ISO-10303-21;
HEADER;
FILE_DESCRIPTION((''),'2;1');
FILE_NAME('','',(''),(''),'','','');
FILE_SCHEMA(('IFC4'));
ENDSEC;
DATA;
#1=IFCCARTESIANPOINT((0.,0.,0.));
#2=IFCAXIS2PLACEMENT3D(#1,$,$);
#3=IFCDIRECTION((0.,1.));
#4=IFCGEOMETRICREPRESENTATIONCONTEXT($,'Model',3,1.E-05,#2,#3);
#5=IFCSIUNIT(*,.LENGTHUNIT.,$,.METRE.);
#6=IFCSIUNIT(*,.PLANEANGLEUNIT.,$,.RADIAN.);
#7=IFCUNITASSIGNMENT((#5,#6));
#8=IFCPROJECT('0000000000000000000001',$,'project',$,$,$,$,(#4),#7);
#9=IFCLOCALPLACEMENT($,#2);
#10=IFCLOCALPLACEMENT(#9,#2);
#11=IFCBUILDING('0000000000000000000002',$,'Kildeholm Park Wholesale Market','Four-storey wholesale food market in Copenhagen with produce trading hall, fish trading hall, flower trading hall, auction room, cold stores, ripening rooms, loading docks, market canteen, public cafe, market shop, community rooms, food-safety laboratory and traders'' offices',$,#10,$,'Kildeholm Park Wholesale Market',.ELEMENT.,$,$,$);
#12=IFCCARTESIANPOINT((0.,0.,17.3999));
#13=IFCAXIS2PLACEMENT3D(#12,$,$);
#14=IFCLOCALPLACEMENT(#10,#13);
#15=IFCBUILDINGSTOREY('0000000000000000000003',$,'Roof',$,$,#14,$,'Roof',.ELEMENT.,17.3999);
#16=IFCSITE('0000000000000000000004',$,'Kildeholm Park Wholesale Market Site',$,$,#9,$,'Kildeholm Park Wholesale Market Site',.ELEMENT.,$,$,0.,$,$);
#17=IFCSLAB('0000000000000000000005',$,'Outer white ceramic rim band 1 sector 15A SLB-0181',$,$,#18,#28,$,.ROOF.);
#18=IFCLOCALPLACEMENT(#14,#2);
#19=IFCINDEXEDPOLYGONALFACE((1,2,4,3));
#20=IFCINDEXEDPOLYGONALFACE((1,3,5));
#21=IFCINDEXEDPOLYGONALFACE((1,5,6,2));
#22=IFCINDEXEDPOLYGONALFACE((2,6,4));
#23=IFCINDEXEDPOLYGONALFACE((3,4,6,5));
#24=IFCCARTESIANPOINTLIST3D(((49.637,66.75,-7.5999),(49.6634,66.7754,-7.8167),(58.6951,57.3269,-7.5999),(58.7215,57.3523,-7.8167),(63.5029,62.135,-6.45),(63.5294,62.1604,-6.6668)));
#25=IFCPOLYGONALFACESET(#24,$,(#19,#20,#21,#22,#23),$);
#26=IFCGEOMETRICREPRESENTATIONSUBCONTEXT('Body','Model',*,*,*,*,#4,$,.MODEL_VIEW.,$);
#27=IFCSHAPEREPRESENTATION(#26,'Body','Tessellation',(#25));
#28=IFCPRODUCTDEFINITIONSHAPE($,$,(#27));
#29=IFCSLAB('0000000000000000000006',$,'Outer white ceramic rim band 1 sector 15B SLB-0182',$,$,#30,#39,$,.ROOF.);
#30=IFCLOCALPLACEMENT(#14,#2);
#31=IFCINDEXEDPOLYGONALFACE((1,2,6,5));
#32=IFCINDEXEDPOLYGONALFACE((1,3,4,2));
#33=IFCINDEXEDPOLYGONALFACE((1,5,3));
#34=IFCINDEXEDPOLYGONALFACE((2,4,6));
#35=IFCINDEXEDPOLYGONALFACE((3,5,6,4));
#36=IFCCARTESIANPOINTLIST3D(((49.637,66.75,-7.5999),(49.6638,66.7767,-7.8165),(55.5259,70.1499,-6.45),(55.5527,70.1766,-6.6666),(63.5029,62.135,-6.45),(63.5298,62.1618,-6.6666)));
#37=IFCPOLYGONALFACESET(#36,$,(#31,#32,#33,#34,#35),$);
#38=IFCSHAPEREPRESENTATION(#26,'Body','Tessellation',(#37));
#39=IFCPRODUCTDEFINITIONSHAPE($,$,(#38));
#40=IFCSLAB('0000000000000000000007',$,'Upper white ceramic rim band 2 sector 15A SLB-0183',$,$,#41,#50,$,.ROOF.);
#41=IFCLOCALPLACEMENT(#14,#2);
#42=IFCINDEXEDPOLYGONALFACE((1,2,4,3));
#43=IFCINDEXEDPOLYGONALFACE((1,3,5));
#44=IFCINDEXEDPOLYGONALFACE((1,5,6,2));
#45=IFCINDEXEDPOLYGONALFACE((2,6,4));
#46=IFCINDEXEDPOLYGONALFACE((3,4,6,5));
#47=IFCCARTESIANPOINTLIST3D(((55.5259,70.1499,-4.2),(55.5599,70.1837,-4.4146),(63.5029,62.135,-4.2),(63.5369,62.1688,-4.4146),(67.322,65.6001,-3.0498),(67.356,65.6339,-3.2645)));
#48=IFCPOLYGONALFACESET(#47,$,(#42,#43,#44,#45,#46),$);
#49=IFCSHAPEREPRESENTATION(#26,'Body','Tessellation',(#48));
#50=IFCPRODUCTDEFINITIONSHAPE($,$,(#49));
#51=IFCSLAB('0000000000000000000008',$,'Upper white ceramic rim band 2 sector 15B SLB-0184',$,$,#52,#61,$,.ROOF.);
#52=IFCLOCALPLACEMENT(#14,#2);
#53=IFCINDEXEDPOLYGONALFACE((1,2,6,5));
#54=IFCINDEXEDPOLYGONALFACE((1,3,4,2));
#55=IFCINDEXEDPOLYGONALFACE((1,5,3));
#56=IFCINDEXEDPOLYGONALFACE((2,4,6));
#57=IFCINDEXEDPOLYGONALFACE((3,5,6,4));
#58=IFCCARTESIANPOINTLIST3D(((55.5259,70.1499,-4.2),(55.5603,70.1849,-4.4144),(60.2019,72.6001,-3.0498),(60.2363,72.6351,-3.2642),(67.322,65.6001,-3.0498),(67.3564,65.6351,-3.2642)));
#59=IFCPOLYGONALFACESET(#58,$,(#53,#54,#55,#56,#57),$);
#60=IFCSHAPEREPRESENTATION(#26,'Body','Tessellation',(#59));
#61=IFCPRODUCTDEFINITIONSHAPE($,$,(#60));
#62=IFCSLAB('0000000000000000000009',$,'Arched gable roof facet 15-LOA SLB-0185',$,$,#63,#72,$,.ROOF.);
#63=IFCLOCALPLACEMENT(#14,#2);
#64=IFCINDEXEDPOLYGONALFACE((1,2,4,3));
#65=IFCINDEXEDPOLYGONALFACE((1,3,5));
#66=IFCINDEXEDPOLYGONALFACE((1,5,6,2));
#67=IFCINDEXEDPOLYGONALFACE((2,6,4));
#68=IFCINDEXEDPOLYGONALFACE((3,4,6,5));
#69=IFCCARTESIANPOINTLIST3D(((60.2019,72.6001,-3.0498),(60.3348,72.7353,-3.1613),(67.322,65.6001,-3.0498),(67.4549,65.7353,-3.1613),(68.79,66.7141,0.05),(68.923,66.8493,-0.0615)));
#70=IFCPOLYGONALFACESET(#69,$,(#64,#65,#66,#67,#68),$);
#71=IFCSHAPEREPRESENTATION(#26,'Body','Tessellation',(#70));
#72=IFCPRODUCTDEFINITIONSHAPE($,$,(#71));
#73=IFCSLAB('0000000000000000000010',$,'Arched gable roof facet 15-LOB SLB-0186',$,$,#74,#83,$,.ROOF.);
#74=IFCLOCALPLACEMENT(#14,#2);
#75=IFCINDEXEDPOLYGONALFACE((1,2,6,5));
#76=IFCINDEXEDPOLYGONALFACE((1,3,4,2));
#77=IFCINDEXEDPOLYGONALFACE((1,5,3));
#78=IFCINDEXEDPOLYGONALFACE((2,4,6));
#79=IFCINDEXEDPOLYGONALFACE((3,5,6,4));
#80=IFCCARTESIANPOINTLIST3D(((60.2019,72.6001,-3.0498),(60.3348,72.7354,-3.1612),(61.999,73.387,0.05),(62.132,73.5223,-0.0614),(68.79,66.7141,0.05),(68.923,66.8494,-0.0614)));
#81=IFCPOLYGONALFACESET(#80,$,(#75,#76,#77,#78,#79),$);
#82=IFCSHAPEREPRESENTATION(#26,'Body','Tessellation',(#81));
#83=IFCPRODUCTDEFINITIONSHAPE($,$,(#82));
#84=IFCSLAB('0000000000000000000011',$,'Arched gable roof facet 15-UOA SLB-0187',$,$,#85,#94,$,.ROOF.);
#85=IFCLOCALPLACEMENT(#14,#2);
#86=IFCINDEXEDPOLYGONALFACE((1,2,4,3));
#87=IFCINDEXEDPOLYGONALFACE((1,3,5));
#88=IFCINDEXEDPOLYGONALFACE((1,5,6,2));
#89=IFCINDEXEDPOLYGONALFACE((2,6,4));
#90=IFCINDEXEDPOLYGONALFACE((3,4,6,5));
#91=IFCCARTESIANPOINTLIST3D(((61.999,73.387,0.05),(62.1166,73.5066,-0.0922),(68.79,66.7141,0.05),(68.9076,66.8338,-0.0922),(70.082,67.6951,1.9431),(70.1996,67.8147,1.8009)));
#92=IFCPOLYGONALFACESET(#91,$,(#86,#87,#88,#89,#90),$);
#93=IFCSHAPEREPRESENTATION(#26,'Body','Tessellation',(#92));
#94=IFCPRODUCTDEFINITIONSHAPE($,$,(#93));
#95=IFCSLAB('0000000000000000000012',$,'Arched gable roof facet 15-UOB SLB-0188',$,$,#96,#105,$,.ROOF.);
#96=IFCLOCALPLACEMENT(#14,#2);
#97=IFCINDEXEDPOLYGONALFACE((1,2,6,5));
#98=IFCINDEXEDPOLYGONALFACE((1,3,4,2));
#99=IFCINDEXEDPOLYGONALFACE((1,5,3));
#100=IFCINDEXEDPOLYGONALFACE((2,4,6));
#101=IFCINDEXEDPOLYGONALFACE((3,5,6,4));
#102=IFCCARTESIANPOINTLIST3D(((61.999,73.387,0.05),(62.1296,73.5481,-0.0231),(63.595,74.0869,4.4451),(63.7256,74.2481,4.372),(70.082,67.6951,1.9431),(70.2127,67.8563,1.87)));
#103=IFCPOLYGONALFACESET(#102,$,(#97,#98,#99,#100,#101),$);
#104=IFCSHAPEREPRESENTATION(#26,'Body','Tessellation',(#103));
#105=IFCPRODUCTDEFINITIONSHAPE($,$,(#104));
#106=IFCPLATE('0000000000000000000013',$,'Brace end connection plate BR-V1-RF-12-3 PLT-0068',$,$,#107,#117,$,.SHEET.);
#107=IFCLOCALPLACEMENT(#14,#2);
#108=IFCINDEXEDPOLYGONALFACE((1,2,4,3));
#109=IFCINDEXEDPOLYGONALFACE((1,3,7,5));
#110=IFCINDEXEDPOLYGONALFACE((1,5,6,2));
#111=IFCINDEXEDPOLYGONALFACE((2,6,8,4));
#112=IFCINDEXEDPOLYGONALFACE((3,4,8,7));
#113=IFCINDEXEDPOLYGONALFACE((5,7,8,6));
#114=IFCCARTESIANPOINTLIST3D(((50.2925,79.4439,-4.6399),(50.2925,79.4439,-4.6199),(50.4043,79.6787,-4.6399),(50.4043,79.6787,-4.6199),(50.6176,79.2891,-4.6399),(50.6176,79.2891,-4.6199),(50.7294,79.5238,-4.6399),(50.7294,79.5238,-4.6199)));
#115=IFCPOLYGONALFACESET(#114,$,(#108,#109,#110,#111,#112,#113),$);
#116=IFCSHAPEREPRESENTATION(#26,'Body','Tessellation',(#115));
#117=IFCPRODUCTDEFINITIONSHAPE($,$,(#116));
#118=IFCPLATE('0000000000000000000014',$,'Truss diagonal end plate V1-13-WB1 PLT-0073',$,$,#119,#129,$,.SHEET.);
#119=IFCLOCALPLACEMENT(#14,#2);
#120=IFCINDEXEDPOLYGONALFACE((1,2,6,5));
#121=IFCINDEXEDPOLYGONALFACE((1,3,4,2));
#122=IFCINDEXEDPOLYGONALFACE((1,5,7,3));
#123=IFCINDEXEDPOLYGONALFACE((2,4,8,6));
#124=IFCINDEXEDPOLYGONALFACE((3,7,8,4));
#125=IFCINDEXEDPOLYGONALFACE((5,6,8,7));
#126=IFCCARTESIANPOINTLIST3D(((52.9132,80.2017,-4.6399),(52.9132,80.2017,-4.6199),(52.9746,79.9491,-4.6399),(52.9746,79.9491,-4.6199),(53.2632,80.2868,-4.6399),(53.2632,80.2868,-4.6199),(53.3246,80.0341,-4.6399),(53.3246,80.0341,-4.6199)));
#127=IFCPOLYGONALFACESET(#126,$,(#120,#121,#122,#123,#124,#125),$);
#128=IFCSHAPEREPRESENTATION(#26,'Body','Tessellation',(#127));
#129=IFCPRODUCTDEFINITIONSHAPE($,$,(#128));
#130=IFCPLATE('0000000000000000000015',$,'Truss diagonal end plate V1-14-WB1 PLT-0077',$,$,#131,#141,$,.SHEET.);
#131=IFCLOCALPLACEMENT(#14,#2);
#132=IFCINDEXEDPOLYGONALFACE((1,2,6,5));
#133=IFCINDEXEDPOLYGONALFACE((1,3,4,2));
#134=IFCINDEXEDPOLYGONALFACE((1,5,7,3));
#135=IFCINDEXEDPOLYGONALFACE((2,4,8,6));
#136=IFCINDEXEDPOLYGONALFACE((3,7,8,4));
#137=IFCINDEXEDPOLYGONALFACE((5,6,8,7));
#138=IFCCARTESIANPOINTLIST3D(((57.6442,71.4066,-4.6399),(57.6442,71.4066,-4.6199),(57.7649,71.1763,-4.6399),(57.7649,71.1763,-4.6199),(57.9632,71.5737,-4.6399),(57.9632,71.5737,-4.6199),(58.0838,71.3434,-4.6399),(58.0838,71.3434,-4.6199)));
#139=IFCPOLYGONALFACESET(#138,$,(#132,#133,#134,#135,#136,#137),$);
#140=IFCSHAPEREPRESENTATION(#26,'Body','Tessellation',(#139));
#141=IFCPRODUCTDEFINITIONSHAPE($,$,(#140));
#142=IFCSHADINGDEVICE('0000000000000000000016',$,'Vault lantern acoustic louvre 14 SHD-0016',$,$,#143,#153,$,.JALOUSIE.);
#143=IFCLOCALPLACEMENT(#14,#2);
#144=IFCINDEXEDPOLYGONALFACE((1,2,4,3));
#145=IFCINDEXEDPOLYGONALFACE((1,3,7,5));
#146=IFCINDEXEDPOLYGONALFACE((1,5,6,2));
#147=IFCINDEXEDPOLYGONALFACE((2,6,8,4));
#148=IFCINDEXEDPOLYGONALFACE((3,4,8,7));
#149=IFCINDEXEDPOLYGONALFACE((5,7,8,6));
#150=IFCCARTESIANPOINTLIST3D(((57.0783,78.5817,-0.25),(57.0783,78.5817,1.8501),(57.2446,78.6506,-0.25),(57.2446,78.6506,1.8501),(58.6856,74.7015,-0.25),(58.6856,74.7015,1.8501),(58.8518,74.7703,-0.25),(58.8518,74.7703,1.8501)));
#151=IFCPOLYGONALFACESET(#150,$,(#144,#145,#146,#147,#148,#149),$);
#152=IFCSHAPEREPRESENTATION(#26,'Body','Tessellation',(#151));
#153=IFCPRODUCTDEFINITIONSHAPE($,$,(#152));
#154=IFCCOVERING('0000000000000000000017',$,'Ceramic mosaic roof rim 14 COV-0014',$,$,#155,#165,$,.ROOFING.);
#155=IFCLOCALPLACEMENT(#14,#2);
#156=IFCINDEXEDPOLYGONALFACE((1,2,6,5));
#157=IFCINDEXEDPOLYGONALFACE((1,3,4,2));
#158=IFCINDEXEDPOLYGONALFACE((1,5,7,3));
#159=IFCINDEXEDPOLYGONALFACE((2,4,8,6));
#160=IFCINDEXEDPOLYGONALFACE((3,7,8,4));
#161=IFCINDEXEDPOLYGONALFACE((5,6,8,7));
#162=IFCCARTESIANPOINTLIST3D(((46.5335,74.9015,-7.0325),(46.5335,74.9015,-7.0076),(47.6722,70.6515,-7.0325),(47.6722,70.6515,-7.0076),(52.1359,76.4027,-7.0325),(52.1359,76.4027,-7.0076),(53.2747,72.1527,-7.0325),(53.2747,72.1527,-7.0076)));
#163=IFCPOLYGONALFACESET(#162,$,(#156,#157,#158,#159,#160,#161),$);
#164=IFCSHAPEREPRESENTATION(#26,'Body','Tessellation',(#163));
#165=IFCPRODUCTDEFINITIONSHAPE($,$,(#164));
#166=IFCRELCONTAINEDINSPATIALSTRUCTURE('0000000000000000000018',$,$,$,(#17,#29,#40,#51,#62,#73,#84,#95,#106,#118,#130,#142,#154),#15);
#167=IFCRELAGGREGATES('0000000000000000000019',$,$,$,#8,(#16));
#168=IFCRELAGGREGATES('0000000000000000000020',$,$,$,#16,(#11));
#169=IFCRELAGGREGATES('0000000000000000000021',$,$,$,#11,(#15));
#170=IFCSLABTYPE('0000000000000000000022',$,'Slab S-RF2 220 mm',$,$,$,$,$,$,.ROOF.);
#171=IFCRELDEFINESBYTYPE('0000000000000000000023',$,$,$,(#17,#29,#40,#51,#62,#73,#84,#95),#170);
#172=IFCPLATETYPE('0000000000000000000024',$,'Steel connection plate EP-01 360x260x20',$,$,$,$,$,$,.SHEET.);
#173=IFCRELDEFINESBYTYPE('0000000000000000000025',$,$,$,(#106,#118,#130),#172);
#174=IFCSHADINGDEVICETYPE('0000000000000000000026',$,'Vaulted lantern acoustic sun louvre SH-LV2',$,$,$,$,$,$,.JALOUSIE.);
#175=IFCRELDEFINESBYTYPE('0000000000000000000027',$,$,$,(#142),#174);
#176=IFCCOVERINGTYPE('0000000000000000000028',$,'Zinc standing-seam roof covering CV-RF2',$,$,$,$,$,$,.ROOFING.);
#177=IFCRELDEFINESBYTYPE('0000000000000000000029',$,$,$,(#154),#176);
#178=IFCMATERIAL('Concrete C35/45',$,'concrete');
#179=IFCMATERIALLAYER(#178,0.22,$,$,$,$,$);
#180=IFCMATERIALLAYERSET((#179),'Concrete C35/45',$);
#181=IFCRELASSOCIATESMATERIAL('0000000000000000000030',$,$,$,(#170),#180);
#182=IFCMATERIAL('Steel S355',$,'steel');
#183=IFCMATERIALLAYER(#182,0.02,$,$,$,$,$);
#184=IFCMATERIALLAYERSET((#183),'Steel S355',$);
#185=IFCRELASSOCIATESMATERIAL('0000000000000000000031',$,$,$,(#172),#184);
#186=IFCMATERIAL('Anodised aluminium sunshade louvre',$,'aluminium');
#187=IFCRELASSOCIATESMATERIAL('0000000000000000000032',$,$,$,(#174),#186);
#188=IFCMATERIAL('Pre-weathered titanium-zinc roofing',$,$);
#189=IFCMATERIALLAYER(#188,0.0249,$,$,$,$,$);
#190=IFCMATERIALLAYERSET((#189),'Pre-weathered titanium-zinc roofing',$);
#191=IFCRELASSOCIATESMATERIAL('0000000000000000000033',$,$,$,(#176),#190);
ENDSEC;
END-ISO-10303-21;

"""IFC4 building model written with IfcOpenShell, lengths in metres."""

from ifc_helpers import new_model, si_unit, direction, frame, origin, origin_2d, place, context, subcontext, project, spatial, polyline, rectangle, outline, extrude, material, layer, layer_set, type_object, element, save


model = new_model("IFC4")

# Units and contexts
model_context = context("Model", 3, precision=1e-05, world=origin(), true_north=direction((0.0, 1.0)))
body_context = subcontext(model_context, "Body", "Model", "MODEL_VIEW")
ifc_project = project(units=[si_unit("LENGTHUNIT", "METRE"), si_unit("PLANEANGLEUNIT", "RADIAN")], contexts=[model_context])

# Site, building, storey
site_placement = place(None, origin())
site = spatial("IfcSite", under=ifc_project, at=site_placement, Name="Kildeholm Park Wholesale Market Site", LongName="Kildeholm Park Wholesale Market Site", CompositionType="ELEMENT", RefElevation=0.0)
building_placement = place(site_placement, origin())
building = spatial("IfcBuilding", under=site, at=building_placement, Name="Kildeholm Park Wholesale Market", Description="Four-storey wholesale food market in Copenhagen with produce trading hall, fish trading hall, flower trading hall, auction room, cold stores, ripening rooms, loading docks, market canteen, public cafe, market shop, community rooms, food-safety laboratory and traders' offices", LongName="Kildeholm Park Wholesale Market", CompositionType="ELEMENT")
storey_placement = place(building_placement, frame((0.0, 0.0, 17.3999)))
storey = spatial("IfcBuildingStorey", under=building, at=storey_placement, Name="Roof", LongName="Roof", CompositionType="ELEMENT", Elevation=17.3999)

# Shared definitions
ifc_material_1 = material(Name="Steel S355", Category="steel")

# Slabs
ifc_material_2 = material(Name="Concrete C35/45", Category="concrete")
ifc_layer_1 = layer(ifc_material_2, 0.22)
ifc_layer_set_1 = layer_set([ifc_layer_1], Name="Concrete C35/45")
slab_type = type_object("IfcSlabType", Name="Slab S-RF2 220 mm", PredefinedType="ROOF", material=ifc_layer_set_1)
slab_1_placement = place(storey_placement, frame((49.637, 66.75, -7.5999), z_axis=(-0.120236, -0.115579, 0.985994), x_axis=(0.693007, -0.720931, 0.0)))
element("IfcSlab", 1, at=slab_1_placement, inside=storey, type_object=slab_type, Name="Outer white ceramic rim band 1 sector 15A SLB-0181", PredefinedType="ROOF", context=body_context, shape_type="SweptSolid", body=[
    extrude(outline(polyline([(0.0, 0.0), (13.0707, 0.0), (12.9363, 6.8948), (0.0, 0.0)])), origin(), (0.0, 0.0, -1.0), 0.22),
])
slab_2_placement = place(storey_placement, frame((49.637, 66.75, -7.5999), z_axis=(-0.122153, -0.121576, 0.985037), x_axis=(0.945903, -0.314824, 0.078444)))
element("IfcSlab", 2, at=slab_2_placement, inside=storey, type_object=slab_type, Name="Outer white ceramic rim band 1 sector 15B SLB-0182", PredefinedType="ROOF", context=body_context, shape_type="SweptSolid", body=[
    extrude(outline(polyline([(0.0, 0.0), (14.659, 0.0), (4.5902, 5.147), (0.0, 0.0)])), origin(), (0.0, 0.0, -1.0), 0.22),
])
slab_3_placement = place(storey_placement, frame((55.5259, 70.1499, -4.2), z_axis=(-0.154449, -0.15372, 0.975969), x_axis=(0.705432, -0.708778, 0.0)))
element("IfcSlab", 3, at=slab_3_placement, inside=storey, type_object=slab_type, Name="Upper white ceramic rim band 2 sector 15A SLB-0183", PredefinedType="ROOF", context=body_context, shape_type="SweptSolid", body=[
    extrude(outline(polyline([(0.0, 0.0), (11.308, 0.0), (11.5462, 5.2781), (0.0, 0.0)])), origin(), (0.0, 0.0, -1.0), 0.22),
])
slab_4_placement = place(storey_placement, frame((55.5259, 70.1499, -4.2), z_axis=(-0.156406, -0.15909, 0.974796), x_axis=(0.929169, -0.358383, 0.090596)))
element("IfcSlab", 4, at=slab_4_placement, inside=storey, type_object=slab_type, Name="Upper white ceramic rim band 2 sector 15B SLB-0184", PredefinedType="ROOF", context=body_context, shape_type="SweptSolid", body=[
    extrude(outline(polyline([(0.0, 0.0), (12.6954, 0.0), (3.5709, 4.0546), (0.0, 0.0)])), origin(), (0.0, 0.0, -1.0), 0.22),
])
slab_5_placement = place(storey_placement, frame((60.2019, 72.6001, -3.0498), z_axis=(-0.604262, -0.61463, 0.507048), x_axis=(0.713096, -0.701066, 0.0)))
element("IfcSlab", 5, at=slab_5_placement, inside=storey, type_object=slab_type, Name="Arched gable roof facet 15-LOA SLB-0185", PredefinedType="ROOF", context=body_context, shape_type="SweptSolid", body=[
    extrude(outline(polyline([(0.0, 0.0), (9.9848, 0.0), (10.2506, 3.5965), (0.0, 0.0)])), origin(), (0.0, 0.0, -1.0), 0.22),
])
slab_6_placement = place(storey_placement, frame((60.2019, 72.6001, -3.0498), z_axis=(-0.604331, -0.615033, 0.506477), x_axis=(0.790568, -0.541826, 0.285353)))
element("IfcSlab", 6, at=slab_6_placement, inside=storey, type_object=slab_type, Name="Arched gable roof facet 15-LOB SLB-0186", PredefinedType="ROOF", context=body_context, shape_type="SweptSolid", body=[
    extrude(outline(polyline([(0.0, 0.0), (10.8632, 0.0), (1.879, 3.1508), (0.0, 0.0)])), origin(), (0.0, 0.0, -1.0), 0.22),
])
slab_7_placement = place(storey_placement, frame((61.999, 73.387, 0.05), z_axis=(-0.534564, -0.54403, 0.64674), x_axis=(0.713285, -0.700874, 0.0)))
element("IfcSlab", 7, at=slab_7_placement, inside=storey, type_object=slab_type, Name="Arched gable roof facet 15-UOA SLB-0187", PredefinedType="ROOF", context=body_context, shape_type="SweptSolid", body=[
    extrude(outline(polyline([(0.0, 0.0), (9.5208, 0.0), (9.7548, 2.482), (0.0, 0.0)])), origin(), (0.0, 0.0, -1.0), 0.22),
])
slab_8_placement = place(storey_placement, frame((61.999, 73.387, 0.05), z_axis=(-0.593824, -0.732754, 0.332332), x_axis=(0.803033, -0.56548, 0.188073)))
element("IfcSlab", 8, at=slab_8_placement, inside=storey, type_object=slab_type, Name="Arched gable roof facet 15-UOB SLB-0188", PredefinedType="ROOF", context=body_context, shape_type="SweptSolid", body=[
    extrude(outline(polyline([(0.0, 0.0), (10.0656, 0.0), (1.7124, 4.4069), (0.0, 0.0)])), origin(), (0.0, 0.0, -1.0), 0.22),
])

# Plates
ifc_layer_2 = layer(ifc_material_1, 0.02)
ifc_layer_set_2 = layer_set([ifc_layer_2], Name="Steel S355")
plate_type = type_object("IfcPlateType", Name="Steel connection plate EP-01 360x260x20", PredefinedType="SHEET", material=ifc_layer_set_2)
for number, where, z_axis, x_axis, name in (
    (9, (50.511, 79.4839, -4.6399), (0.0, 0.0, 1.0), (0.902811, -0.430038, 0.0), "Brace end connection plate BR-V1-RF-12-3 PLT-0068"),
    (10, (53.1189, 80.1179, -4.6399), (0.0, 0.0, 1.0), (0.971714, 0.23616, 0.0), "Truss diagonal end plate V1-13-WB1 PLT-0073"),
    (11, (57.864, 71.375, -4.6399), (0.0, 0.0, 1.0), (0.885799, 0.464069, 0.0), "Truss diagonal end plate V1-14-WB1 PLT-0077"),
):
    element("IfcPlate", number, at=place(storey_placement, frame(where, z_axis=z_axis, x_axis=x_axis)), inside=storey, type_object=plate_type, Name=name, PredefinedType="SHEET", context=body_context, shape_type="SweptSolid", body=[
        extrude(rectangle(XDim=0.3601, YDim=0.26, at=origin_2d()), origin(), (0.0, 0.0, 1.0), 0.02),
    ])

# Shading device
ifc_material_3 = material(Name="Anodised aluminium sunshade louvre", Category="aluminium")
shading_device_type = type_object("IfcShadingDeviceType", Name="Vaulted lantern acoustic sun louvre SH-LV2", PredefinedType="JALOUSIE", material=ifc_material_3)
shading_device_placement = place(storey_placement, frame((57.9651, 76.676, -0.25), z_axis=(0.0, 0.0, 1.0), x_axis=(0.382683, -0.92388, 0.0)))
element("IfcShadingDevice", 12, at=shading_device_placement, inside=storey, type_object=shading_device_type, Name="Vault lantern acoustic louvre 14 SHD-0016", PredefinedType="JALOUSIE", context=body_context, shape_type="SweptSolid", body=[
    extrude(rectangle(XDim=4.2, YDim=0.1799, at=origin_2d()), origin(), (0.0, 0.0, 1.0), 2.1001),
])

# Covering
ifc_material_4 = material(Name="Pre-weathered titanium-zinc roofing")
ifc_layer_3 = layer(ifc_material_4, 0.0249)
ifc_layer_set_3 = layer_set([ifc_layer_3], Name="Pre-weathered titanium-zinc roofing")
covering_type = type_object("IfcCoveringType", Name="Zinc standing-seam roof covering CV-RF2", PredefinedType="ROOFING", material=ifc_layer_set_3)
covering_placement = place(storey_placement, frame((49.9041, 73.5271, -7.0325), z_axis=(0.0, 0.0, 1.0), x_axis=(-0.965926, -0.258819, 0.0)))
element("IfcCovering", 13, at=covering_placement, inside=storey, type_object=covering_type, Name="Ceramic mosaic roof rim 14 COV-0014", PredefinedType="ROOFING", context=body_context, shape_type="SweptSolid", body=[
    extrude(rectangle(XDim=5.8, YDim=4.3999, at=origin_2d()), origin(), (0.0, 0.0, 1.0), 0.0249),
])

save(model, "model.ifc")
